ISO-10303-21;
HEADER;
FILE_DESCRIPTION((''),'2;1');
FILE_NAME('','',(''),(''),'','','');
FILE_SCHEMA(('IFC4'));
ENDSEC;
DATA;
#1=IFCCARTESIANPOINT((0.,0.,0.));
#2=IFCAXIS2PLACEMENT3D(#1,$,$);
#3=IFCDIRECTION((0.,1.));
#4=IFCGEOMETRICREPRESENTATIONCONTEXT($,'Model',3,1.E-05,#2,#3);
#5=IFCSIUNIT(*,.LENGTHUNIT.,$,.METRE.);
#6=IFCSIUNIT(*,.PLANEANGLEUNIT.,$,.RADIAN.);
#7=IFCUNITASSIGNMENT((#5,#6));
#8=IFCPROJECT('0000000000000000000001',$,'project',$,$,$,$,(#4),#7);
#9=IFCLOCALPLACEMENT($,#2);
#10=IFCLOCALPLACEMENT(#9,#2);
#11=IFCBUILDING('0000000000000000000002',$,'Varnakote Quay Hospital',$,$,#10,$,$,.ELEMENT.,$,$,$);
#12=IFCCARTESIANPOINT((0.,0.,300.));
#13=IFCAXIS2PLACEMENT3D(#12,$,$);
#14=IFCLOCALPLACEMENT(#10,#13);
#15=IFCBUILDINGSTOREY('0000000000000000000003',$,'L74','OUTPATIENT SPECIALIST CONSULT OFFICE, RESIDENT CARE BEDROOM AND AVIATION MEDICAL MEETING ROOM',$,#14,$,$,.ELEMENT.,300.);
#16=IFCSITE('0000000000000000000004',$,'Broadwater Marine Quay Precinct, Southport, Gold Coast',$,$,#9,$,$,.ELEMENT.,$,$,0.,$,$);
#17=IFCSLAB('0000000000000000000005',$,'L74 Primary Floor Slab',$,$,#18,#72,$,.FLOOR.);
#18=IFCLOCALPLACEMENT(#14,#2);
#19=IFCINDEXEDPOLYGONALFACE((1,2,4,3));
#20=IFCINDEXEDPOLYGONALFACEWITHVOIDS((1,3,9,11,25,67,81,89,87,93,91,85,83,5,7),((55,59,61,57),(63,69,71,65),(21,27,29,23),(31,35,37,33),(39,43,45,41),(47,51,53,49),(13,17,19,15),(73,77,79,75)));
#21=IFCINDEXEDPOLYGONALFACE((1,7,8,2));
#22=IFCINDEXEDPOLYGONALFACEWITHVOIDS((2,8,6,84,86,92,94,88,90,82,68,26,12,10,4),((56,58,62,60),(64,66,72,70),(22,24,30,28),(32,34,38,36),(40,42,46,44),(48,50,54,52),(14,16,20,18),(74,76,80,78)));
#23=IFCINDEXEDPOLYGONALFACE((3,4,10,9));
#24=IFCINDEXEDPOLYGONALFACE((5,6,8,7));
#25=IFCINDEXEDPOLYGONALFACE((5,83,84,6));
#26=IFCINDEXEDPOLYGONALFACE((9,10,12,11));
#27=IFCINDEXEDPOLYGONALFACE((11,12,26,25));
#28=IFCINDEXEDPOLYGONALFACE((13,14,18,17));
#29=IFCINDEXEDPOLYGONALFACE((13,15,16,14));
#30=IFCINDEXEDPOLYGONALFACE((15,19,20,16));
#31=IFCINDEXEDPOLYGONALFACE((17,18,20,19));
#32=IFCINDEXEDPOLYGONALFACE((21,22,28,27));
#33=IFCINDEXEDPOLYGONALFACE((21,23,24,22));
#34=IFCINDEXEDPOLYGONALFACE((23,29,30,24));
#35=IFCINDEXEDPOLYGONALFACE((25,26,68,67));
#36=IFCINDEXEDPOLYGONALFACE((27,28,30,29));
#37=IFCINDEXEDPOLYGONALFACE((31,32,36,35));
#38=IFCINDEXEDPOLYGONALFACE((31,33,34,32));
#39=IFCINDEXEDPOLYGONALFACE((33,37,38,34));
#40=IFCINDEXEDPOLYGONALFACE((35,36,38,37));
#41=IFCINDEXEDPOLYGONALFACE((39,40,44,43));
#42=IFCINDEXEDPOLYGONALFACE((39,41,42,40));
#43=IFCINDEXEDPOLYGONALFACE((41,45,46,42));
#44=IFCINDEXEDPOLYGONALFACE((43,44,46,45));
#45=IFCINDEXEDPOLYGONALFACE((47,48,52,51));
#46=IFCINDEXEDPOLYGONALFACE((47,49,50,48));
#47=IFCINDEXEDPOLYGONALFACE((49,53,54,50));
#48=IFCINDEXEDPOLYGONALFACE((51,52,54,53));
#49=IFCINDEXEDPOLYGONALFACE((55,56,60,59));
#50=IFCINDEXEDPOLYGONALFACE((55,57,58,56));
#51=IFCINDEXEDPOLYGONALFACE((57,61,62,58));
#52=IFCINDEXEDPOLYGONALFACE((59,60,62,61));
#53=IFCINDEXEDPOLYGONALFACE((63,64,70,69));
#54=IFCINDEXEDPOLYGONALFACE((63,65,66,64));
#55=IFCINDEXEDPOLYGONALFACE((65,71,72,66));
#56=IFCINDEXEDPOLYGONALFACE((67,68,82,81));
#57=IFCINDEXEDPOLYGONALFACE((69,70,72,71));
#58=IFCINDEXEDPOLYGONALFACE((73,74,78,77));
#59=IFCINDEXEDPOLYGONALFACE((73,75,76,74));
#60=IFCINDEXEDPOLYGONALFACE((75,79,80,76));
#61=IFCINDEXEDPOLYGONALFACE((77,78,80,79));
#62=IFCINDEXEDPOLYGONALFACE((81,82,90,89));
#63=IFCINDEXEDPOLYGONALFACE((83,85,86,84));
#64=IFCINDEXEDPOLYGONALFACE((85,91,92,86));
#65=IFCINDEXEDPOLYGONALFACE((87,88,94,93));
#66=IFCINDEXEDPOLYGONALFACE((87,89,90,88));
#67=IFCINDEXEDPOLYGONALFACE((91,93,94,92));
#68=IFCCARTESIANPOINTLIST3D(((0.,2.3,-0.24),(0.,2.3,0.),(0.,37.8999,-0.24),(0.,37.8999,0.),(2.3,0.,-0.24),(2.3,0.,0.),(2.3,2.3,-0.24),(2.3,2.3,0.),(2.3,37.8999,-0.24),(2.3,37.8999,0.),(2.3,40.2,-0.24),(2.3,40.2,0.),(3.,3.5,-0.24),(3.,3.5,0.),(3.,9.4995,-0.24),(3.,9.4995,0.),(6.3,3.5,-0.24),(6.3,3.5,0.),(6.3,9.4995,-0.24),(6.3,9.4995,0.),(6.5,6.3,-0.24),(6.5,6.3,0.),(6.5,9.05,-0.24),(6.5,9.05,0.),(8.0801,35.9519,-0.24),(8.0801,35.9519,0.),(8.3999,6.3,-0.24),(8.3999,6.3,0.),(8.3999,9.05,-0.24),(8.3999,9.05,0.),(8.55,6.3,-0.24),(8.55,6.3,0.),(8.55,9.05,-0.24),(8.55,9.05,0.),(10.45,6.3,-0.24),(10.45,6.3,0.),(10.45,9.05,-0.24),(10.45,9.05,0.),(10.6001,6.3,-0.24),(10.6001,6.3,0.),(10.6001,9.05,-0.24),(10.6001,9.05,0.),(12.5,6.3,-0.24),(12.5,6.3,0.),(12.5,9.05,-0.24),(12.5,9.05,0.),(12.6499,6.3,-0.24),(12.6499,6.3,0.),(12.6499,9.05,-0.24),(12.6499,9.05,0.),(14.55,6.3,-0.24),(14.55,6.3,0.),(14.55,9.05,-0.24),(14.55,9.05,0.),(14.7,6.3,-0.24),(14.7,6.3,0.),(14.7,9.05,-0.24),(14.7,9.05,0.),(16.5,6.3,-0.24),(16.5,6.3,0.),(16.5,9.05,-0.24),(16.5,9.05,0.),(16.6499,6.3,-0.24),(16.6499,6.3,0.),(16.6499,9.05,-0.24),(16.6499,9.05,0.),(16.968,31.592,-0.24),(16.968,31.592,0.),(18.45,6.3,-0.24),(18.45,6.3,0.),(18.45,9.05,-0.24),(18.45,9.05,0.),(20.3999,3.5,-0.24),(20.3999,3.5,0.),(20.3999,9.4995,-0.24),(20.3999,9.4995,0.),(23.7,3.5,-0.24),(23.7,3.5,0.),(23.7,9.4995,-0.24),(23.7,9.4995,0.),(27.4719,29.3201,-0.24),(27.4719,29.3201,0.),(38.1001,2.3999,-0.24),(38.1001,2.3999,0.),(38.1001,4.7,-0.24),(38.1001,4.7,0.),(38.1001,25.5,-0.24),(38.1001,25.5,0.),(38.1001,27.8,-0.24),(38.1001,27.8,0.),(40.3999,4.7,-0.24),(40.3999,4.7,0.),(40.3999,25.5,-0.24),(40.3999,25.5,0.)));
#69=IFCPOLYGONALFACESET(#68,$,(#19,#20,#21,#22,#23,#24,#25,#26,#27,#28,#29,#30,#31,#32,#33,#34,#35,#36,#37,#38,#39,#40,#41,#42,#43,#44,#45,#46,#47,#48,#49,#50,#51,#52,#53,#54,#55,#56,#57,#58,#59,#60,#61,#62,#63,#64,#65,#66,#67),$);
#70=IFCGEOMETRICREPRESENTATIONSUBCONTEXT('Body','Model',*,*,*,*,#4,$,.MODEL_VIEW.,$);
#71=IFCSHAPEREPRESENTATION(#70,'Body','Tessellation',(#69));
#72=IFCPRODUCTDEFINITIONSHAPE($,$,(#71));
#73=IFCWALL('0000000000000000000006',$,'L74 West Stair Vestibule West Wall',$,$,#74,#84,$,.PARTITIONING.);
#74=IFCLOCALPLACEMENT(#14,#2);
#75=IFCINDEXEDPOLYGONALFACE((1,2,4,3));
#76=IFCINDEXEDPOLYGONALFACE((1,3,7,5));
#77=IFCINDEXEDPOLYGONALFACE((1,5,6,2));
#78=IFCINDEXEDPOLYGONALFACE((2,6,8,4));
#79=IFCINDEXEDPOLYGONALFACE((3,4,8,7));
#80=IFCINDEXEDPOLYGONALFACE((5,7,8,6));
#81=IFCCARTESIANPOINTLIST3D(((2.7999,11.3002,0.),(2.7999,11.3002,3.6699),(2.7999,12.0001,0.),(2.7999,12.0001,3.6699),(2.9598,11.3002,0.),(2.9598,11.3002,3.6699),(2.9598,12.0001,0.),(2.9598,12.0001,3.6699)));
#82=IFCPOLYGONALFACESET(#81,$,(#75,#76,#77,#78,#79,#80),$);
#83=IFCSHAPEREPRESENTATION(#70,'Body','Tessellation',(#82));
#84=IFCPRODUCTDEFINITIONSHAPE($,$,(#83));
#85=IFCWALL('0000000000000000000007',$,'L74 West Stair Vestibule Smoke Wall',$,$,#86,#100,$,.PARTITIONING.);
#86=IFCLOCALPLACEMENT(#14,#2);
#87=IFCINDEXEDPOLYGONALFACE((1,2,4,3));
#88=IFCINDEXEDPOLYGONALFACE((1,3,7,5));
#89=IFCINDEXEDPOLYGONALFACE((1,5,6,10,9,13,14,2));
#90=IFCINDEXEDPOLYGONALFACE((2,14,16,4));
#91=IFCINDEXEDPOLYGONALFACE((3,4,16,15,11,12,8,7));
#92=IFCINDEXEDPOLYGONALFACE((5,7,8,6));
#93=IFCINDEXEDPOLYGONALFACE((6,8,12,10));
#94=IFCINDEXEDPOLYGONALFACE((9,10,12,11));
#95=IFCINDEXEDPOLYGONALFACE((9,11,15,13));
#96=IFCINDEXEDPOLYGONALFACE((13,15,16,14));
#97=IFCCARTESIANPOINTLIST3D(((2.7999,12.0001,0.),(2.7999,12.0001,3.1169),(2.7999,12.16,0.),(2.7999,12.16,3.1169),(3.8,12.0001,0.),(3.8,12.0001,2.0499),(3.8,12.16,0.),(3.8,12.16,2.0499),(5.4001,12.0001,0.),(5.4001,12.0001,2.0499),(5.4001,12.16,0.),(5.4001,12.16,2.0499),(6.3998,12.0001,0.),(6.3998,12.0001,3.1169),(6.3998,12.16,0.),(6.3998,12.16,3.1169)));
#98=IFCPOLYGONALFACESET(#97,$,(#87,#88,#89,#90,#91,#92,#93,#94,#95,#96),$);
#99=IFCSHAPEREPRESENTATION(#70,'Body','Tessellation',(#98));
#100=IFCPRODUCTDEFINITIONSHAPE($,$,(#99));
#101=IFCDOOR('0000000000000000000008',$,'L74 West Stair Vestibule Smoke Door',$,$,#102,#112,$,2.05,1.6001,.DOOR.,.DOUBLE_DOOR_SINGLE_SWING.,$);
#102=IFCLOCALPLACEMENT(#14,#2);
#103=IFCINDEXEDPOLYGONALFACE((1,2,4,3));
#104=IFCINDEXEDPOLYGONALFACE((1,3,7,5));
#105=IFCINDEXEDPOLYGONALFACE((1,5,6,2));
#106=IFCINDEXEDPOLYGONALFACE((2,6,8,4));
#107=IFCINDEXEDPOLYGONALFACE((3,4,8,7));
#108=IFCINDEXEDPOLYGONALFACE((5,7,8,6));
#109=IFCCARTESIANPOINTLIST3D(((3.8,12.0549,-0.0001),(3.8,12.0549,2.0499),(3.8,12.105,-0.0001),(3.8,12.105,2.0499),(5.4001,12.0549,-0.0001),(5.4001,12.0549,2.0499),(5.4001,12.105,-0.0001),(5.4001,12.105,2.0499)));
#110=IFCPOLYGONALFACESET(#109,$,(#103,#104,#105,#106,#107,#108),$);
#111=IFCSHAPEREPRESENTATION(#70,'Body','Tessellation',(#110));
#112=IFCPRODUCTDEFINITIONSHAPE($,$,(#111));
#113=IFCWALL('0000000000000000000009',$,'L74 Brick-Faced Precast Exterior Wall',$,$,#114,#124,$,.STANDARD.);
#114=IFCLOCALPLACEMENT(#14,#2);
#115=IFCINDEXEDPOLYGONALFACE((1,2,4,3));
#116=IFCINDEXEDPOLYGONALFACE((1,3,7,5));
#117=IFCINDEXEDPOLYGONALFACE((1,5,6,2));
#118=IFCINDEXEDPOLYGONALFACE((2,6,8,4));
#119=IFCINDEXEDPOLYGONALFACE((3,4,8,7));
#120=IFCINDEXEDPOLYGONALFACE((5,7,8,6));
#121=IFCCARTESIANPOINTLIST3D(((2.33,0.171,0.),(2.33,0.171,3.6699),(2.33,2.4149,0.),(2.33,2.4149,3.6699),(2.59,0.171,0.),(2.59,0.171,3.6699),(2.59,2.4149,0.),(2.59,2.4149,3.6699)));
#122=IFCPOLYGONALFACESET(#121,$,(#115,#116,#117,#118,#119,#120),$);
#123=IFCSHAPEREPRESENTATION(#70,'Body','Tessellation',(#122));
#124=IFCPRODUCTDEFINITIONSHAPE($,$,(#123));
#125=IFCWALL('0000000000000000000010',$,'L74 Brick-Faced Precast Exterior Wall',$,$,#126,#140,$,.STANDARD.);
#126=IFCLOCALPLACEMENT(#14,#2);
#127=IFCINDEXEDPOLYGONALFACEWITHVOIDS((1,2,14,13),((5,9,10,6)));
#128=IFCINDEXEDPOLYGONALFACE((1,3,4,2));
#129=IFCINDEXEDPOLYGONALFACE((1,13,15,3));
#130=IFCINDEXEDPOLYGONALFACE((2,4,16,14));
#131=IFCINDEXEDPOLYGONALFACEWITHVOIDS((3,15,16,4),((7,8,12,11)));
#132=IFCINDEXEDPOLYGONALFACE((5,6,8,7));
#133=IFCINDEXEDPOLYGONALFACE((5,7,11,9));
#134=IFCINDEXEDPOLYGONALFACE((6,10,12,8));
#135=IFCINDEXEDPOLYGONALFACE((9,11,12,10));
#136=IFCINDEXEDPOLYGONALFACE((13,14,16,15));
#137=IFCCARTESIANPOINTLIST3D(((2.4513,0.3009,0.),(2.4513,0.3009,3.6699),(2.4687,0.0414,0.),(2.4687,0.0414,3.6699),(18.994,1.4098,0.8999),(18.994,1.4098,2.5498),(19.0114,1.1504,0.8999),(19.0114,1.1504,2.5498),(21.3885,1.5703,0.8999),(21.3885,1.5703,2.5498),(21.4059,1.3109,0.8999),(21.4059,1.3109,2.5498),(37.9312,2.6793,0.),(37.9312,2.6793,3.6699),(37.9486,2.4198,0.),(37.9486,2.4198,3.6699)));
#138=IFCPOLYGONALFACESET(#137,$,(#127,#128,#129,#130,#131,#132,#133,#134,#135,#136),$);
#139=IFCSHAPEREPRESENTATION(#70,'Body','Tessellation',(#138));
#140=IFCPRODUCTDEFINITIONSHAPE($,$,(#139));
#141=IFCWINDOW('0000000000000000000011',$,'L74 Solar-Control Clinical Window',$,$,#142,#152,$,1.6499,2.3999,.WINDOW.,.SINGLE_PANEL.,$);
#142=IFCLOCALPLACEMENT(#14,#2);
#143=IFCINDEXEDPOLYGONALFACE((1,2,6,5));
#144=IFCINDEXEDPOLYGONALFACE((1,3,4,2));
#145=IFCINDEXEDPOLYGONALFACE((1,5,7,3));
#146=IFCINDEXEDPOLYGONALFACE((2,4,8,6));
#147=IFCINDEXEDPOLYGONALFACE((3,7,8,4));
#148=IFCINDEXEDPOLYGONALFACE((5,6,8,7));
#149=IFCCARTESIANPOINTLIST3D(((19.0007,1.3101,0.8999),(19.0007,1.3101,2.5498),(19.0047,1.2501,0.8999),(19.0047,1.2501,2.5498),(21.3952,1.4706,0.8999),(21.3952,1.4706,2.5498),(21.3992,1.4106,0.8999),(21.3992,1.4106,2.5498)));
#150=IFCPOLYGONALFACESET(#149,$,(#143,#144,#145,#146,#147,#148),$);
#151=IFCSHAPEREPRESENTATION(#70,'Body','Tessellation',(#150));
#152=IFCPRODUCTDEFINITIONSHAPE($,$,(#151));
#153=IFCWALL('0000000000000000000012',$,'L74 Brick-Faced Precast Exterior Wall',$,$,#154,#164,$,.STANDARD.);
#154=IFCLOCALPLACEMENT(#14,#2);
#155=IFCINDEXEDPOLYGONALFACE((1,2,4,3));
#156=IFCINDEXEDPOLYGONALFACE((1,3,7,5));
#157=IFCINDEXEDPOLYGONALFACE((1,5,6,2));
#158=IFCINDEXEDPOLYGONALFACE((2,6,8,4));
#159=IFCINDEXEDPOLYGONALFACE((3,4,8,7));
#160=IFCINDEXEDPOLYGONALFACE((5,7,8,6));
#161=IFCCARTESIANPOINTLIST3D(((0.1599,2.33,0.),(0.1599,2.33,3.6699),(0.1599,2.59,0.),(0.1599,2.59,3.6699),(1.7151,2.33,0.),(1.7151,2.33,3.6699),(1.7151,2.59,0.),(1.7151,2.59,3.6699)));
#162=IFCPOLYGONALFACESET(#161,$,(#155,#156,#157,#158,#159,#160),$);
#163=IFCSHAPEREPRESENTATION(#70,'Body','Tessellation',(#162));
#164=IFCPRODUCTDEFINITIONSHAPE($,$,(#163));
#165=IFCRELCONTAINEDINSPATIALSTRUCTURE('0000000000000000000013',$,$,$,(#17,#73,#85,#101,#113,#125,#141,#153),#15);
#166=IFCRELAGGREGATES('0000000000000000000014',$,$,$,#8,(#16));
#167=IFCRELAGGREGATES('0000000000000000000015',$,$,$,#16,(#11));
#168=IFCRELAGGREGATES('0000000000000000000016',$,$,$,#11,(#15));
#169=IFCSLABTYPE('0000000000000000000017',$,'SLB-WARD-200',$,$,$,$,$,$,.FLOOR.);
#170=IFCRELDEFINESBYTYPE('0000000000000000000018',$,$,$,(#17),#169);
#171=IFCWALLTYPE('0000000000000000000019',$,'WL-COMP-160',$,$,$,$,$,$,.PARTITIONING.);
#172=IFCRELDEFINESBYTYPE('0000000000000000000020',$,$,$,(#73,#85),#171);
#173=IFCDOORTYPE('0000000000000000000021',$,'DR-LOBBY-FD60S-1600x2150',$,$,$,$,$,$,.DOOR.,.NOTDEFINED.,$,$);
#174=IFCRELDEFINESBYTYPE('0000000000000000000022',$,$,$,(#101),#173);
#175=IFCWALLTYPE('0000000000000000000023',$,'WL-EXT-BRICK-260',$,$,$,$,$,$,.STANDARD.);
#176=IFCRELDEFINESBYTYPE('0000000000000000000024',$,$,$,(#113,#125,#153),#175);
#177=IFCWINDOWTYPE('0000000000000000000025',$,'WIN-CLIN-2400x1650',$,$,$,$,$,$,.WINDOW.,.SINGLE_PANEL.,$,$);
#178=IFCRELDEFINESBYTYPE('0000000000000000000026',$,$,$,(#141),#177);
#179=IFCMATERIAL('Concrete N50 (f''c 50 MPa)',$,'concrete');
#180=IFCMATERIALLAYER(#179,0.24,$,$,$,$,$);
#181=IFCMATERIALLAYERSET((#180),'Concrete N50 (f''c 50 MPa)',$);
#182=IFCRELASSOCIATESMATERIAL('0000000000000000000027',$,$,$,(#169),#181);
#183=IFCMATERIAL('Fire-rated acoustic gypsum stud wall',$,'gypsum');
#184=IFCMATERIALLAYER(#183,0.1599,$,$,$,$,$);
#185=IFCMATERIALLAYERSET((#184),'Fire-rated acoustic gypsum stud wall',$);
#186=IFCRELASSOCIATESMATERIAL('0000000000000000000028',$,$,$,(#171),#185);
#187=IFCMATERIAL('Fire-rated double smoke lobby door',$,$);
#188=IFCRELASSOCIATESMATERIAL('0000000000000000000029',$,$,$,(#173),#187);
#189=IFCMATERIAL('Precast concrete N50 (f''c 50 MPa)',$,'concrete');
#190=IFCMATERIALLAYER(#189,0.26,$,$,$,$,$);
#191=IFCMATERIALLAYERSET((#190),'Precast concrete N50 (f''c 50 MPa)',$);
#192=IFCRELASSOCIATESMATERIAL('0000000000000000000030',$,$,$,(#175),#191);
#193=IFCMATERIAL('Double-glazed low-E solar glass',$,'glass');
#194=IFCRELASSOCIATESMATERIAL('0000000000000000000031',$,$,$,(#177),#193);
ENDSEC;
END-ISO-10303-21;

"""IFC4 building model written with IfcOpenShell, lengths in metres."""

from ifc_helpers import new_model, si_unit, direction, frame, frame_2d, origin, place, context, subcontext, project, spatial, polyline, rectangle, outline, extrude, material, layer, layer_set, type_object, element, fill, save


model = new_model("IFC4")

# Units and contexts
model_context = context("Model", 3, precision=1e-05, world=origin(), true_north=direction((0.0, 1.0)))
body_context = subcontext(model_context, "Body", "Model", "MODEL_VIEW")
ifc_project = project(units=[si_unit("LENGTHUNIT", "METRE"), si_unit("PLANEANGLEUNIT", "RADIAN")], contexts=[model_context])

# Site, building, storey
site_placement = place(None, origin())
site = spatial("IfcSite", under=ifc_project, at=site_placement, Name="Broadwater Marine Quay Precinct, Southport, Gold Coast", CompositionType="ELEMENT", RefElevation=0.0)
building_placement = place(site_placement, origin())
building = spatial("IfcBuilding", under=site, at=building_placement, Name="Varnakote Quay Hospital", CompositionType="ELEMENT")
storey_placement = place(building_placement, frame((0.0, 0.0, 300.0)))
storey = spatial("IfcBuildingStorey", under=building, at=storey_placement, Name="L74", Description="OUTPATIENT SPECIALIST CONSULT OFFICE, RESIDENT CARE BEDROOM AND AVIATION MEDICAL MEETING ROOM", CompositionType="ELEMENT", Elevation=300.0)

# Slab
ifc_material_1 = material(Name="Concrete N50 (f'c 50 MPa)", Category="concrete")
ifc_layer_1 = layer(ifc_material_1, 0.24)
ifc_layer_set_1 = layer_set([ifc_layer_1], Name="Concrete N50 (f'c 50 MPa)")
slab_type_1 = type_object("IfcSlabType", Name="SLB-WARD-200", PredefinedType="FLOOR", material=ifc_layer_set_1)
slab_1_placement = place(storey_placement, frame((0.0, 0.0, -0.24)))
element("IfcSlab", 1, at=slab_1_placement, inside=storey, type_object=slab_type_1, Name="L74 Primary Floor Slab", PredefinedType="FLOOR", context=body_context, shape_type="SweptSolid", body=[
    extrude(outline(polyline([(0.0, 2.3), (2.3, 2.3), (2.3, 0.0), (38.1001, 2.3999), (38.1001, 4.7), (40.3999, 4.7), (40.3999, 25.5), (38.1001, 25.5), (38.1001, 27.8), (27.4719, 29.3201), (16.968, 31.592), (8.0801, 35.9519), (2.3, 40.2), (2.3, 37.8999), (0.0, 37.8999), (0.0, 2.3)]), holes=[polyline([(3.0, 3.5), (6.3, 3.5), (6.3, 9.4995), (3.0, 9.4995), (3.0, 3.5)]), polyline([(20.3999, 3.5), (23.7, 3.5), (23.7, 9.4995), (20.3999, 9.4995), (20.3999, 3.5)]), polyline([(6.5, 6.3), (8.3999, 6.3), (8.3999, 9.05), (6.5, 9.05), (6.5, 6.3)]), polyline([(8.55, 6.3), (10.45, 6.3), (10.45, 9.05), (8.55, 9.05), (8.55, 6.3)]), polyline([(10.6001, 6.3), (12.5, 6.3), (12.5, 9.05), (10.6001, 9.05), (10.6001, 6.3)]), polyline([(12.6499, 6.3), (14.55, 6.3), (14.55, 9.05), (12.6499, 9.05), (12.6499, 6.3)]), polyline([(14.7, 6.3), (16.5, 6.3), (16.5, 9.05), (14.7, 9.05), (14.7, 6.3)]), polyline([(16.6499, 6.3), (18.45, 6.3), (18.45, 9.05), (16.6499, 9.05), (16.6499, 6.3)])]), origin(), (0.0, 0.0, 1.0), 0.24),
])

# Wall
ifc_material_2 = material(Name="Fire-rated acoustic gypsum stud wall", Category="gypsum")
ifc_layer_2 = layer(ifc_material_2, 0.1599)
ifc_layer_set_2 = layer_set([ifc_layer_2], Name="Fire-rated acoustic gypsum stud wall")
wall_type_1 = type_object("IfcWallType", Name="WL-COMP-160", PredefinedType="PARTITIONING", material=ifc_layer_set_2)
wall_1_placement = place(storey_placement, frame((2.8799, 11.3, 0.0), z_axis=(0.0, 0.0, 1.0), x_axis=(0.0, 1.0, 0.0)))
element("IfcWall", 2, at=wall_1_placement, inside=storey, type_object=wall_type_1, Name="L74 West Stair Vestibule West Wall", PredefinedType="PARTITIONING", context=body_context, shape_type="SweptSolid", body=[
    extrude(rectangle(XDim=0.7, YDim=0.1599, at=frame_2d((0.3501, 0.0))), origin(), (0.0, 0.0, 1.0), 3.6699),
])

# Wall, opening, door
wall_2_placement = place(storey_placement, frame((2.8, 12.0801, 0.0), z_axis=(0.0, 0.0, 1.0), x_axis=(1.0, 0.0, 0.0)))
wall_2 = element("IfcWall", 3, at=wall_2_placement, inside=storey, type_object=wall_type_1, Name="L74 West Stair Vestibule Smoke Wall", PredefinedType="PARTITIONING", context=body_context, shape_type="SweptSolid", body=[
    extrude(rectangle(XDim=3.5999, YDim=0.1599, at=frame_2d((1.7998, 0.0))), origin(), (0.0, 0.0, 1.0), 3.1169),
])
opening_1_placement = place(wall_2_placement, frame((1.0, 0.0, 0.0)))
opening_1 = element("IfcOpeningElement", 4, at=opening_1_placement, cuts=wall_2, PredefinedType="OPENING", context=body_context, shape_type="SweptSolid", body=[
    extrude(rectangle(XDim=1.6001, YDim=2.05, at=frame_2d((0.8, 1.0249))), frame((0.0, 0.0898, 0.0), z_axis=(0.0, -1.0, 0.0), x_axis=(1.0, 0.0, 0.0)), (0.0, 0.0, 1.0), 0.1799),
])
ifc_material_3 = material(Name="Fire-rated double smoke lobby door")
door_type_1 = type_object("IfcDoorType", Name="DR-LOBBY-FD60S-1600x2150", OperationType="NOTDEFINED", PredefinedType="DOOR", material=ifc_material_3)
door_1_placement = place(opening_1_placement, origin())
door_1 = element("IfcDoor", 5, at=door_1_placement, inside=storey, type_object=door_type_1, Name="L74 West Stair Vestibule Smoke Door", OperationType="DOUBLE_DOOR_SINGLE_SWING", OverallHeight=2.05, OverallWidth=1.6001, PredefinedType="DOOR", context=body_context, shape_type="SweptSolid", body=[
    extrude(rectangle(XDim=1.6001, YDim=2.05, at=frame_2d((0.8, 1.0249))), frame((0.0, 0.0249, 0.0), z_axis=(0.0, -1.0, 0.0), x_axis=(1.0, 0.0, 0.0)), (0.0, 0.0, 1.0), 0.05),
])
fill(opening_1, door_1)

# Wall
ifc_material_4 = material(Name="Precast concrete N50 (f'c 50 MPa)", Category="concrete")
ifc_layer_3 = layer(ifc_material_4, 0.26)
ifc_layer_set_3 = layer_set([ifc_layer_3], Name="Precast concrete N50 (f'c 50 MPa)")
wall_type_2 = type_object("IfcWallType", Name="WL-EXT-BRICK-260", PredefinedType="STANDARD", material=ifc_layer_set_3)
wall_3_placement = place(storey_placement, frame((2.46, 2.415, 0.0), z_axis=(0.0, 0.0, 1.0), x_axis=(0.0, -1.0, 0.0)))
element("IfcWall", 6, at=wall_3_placement, inside=storey, type_object=wall_type_2, Name="L74 Brick-Faced Precast Exterior Wall", PredefinedType="STANDARD", context=body_context, shape_type="SweptSolid", body=[
    extrude(rectangle(XDim=2.2439, YDim=0.26, at=frame_2d((1.1221, 0.0))), origin(), (0.0, 0.0, 1.0), 3.6699),
])

# Wall, opening, window
wall_4_placement = place(storey_placement, frame((2.46, 0.1711, 0.0), z_axis=(0.0, 0.0, 1.0), x_axis=(0.997761, 0.066885, 0.0)))
wall_4 = element("IfcWall", 7, at=wall_4_placement, inside=storey, type_object=wall_type_2, Name="L74 Brick-Faced Precast Exterior Wall", PredefinedType="STANDARD", context=body_context, shape_type="SweptSolid", body=[
    extrude(rectangle(XDim=35.5596, YDim=0.26, at=frame_2d((17.7798, 0.0))), origin(), (0.0, 0.0, 1.0), 3.6699),
])
opening_2_placement = place(wall_4_placement, frame((16.5798, 0.0, 0.8999)))
opening_2 = element("IfcOpeningElement", 8, at=opening_2_placement, cuts=wall_4, PredefinedType="OPENING", context=body_context, shape_type="SweptSolid", body=[
    extrude(rectangle(XDim=2.3999, YDim=1.6499, at=frame_2d((1.2, 0.825))), frame((0.0, 0.1399, 0.0), z_axis=(0.0, -1.0, 0.0), x_axis=(1.0, 0.0, 0.0)), (0.0, 0.0, 1.0), 0.28),
])
ifc_material_5 = material(Name="Double-glazed low-E solar glass", Category="glass")
window_type = type_object("IfcWindowType", Name="WIN-CLIN-2400x1650", PartitioningType="SINGLE_PANEL", PredefinedType="WINDOW", material=ifc_material_5)
window_placement = place(opening_2_placement, origin())
window = element("IfcWindow", 9, at=window_placement, inside=storey, type_object=window_type, Name="L74 Solar-Control Clinical Window", OverallHeight=1.6499, OverallWidth=2.3999, PartitioningType="SINGLE_PANEL", PredefinedType="WINDOW", context=body_context, shape_type="SweptSolid", body=[
    extrude(rectangle(XDim=2.3999, YDim=1.6499, at=frame_2d((1.2, 0.825))), frame((0.0, 0.03, 0.0), z_axis=(0.0, -1.0, 0.0), x_axis=(1.0, 0.0, 0.0)), (0.0, 0.0, 1.0), 0.0601),
])
fill(opening_2, window)

# Wall
wall_5_placement = place(storey_placement, frame((0.1599, 2.46, 0.0), z_axis=(0.0, 0.0, 1.0), x_axis=(1.0, 0.0, 0.0)))
element("IfcWall", 10, at=wall_5_placement, inside=storey, type_object=wall_type_2, Name="L74 Brick-Faced Precast Exterior Wall", PredefinedType="STANDARD", context=body_context, shape_type="SweptSolid", body=[
    extrude(rectangle(XDim=1.5552, YDim=0.26, at=frame_2d((0.7776, 0.0))), origin(), (0.0, 0.0, 1.0), 3.6699),
])

save(model, "model.ifc")
